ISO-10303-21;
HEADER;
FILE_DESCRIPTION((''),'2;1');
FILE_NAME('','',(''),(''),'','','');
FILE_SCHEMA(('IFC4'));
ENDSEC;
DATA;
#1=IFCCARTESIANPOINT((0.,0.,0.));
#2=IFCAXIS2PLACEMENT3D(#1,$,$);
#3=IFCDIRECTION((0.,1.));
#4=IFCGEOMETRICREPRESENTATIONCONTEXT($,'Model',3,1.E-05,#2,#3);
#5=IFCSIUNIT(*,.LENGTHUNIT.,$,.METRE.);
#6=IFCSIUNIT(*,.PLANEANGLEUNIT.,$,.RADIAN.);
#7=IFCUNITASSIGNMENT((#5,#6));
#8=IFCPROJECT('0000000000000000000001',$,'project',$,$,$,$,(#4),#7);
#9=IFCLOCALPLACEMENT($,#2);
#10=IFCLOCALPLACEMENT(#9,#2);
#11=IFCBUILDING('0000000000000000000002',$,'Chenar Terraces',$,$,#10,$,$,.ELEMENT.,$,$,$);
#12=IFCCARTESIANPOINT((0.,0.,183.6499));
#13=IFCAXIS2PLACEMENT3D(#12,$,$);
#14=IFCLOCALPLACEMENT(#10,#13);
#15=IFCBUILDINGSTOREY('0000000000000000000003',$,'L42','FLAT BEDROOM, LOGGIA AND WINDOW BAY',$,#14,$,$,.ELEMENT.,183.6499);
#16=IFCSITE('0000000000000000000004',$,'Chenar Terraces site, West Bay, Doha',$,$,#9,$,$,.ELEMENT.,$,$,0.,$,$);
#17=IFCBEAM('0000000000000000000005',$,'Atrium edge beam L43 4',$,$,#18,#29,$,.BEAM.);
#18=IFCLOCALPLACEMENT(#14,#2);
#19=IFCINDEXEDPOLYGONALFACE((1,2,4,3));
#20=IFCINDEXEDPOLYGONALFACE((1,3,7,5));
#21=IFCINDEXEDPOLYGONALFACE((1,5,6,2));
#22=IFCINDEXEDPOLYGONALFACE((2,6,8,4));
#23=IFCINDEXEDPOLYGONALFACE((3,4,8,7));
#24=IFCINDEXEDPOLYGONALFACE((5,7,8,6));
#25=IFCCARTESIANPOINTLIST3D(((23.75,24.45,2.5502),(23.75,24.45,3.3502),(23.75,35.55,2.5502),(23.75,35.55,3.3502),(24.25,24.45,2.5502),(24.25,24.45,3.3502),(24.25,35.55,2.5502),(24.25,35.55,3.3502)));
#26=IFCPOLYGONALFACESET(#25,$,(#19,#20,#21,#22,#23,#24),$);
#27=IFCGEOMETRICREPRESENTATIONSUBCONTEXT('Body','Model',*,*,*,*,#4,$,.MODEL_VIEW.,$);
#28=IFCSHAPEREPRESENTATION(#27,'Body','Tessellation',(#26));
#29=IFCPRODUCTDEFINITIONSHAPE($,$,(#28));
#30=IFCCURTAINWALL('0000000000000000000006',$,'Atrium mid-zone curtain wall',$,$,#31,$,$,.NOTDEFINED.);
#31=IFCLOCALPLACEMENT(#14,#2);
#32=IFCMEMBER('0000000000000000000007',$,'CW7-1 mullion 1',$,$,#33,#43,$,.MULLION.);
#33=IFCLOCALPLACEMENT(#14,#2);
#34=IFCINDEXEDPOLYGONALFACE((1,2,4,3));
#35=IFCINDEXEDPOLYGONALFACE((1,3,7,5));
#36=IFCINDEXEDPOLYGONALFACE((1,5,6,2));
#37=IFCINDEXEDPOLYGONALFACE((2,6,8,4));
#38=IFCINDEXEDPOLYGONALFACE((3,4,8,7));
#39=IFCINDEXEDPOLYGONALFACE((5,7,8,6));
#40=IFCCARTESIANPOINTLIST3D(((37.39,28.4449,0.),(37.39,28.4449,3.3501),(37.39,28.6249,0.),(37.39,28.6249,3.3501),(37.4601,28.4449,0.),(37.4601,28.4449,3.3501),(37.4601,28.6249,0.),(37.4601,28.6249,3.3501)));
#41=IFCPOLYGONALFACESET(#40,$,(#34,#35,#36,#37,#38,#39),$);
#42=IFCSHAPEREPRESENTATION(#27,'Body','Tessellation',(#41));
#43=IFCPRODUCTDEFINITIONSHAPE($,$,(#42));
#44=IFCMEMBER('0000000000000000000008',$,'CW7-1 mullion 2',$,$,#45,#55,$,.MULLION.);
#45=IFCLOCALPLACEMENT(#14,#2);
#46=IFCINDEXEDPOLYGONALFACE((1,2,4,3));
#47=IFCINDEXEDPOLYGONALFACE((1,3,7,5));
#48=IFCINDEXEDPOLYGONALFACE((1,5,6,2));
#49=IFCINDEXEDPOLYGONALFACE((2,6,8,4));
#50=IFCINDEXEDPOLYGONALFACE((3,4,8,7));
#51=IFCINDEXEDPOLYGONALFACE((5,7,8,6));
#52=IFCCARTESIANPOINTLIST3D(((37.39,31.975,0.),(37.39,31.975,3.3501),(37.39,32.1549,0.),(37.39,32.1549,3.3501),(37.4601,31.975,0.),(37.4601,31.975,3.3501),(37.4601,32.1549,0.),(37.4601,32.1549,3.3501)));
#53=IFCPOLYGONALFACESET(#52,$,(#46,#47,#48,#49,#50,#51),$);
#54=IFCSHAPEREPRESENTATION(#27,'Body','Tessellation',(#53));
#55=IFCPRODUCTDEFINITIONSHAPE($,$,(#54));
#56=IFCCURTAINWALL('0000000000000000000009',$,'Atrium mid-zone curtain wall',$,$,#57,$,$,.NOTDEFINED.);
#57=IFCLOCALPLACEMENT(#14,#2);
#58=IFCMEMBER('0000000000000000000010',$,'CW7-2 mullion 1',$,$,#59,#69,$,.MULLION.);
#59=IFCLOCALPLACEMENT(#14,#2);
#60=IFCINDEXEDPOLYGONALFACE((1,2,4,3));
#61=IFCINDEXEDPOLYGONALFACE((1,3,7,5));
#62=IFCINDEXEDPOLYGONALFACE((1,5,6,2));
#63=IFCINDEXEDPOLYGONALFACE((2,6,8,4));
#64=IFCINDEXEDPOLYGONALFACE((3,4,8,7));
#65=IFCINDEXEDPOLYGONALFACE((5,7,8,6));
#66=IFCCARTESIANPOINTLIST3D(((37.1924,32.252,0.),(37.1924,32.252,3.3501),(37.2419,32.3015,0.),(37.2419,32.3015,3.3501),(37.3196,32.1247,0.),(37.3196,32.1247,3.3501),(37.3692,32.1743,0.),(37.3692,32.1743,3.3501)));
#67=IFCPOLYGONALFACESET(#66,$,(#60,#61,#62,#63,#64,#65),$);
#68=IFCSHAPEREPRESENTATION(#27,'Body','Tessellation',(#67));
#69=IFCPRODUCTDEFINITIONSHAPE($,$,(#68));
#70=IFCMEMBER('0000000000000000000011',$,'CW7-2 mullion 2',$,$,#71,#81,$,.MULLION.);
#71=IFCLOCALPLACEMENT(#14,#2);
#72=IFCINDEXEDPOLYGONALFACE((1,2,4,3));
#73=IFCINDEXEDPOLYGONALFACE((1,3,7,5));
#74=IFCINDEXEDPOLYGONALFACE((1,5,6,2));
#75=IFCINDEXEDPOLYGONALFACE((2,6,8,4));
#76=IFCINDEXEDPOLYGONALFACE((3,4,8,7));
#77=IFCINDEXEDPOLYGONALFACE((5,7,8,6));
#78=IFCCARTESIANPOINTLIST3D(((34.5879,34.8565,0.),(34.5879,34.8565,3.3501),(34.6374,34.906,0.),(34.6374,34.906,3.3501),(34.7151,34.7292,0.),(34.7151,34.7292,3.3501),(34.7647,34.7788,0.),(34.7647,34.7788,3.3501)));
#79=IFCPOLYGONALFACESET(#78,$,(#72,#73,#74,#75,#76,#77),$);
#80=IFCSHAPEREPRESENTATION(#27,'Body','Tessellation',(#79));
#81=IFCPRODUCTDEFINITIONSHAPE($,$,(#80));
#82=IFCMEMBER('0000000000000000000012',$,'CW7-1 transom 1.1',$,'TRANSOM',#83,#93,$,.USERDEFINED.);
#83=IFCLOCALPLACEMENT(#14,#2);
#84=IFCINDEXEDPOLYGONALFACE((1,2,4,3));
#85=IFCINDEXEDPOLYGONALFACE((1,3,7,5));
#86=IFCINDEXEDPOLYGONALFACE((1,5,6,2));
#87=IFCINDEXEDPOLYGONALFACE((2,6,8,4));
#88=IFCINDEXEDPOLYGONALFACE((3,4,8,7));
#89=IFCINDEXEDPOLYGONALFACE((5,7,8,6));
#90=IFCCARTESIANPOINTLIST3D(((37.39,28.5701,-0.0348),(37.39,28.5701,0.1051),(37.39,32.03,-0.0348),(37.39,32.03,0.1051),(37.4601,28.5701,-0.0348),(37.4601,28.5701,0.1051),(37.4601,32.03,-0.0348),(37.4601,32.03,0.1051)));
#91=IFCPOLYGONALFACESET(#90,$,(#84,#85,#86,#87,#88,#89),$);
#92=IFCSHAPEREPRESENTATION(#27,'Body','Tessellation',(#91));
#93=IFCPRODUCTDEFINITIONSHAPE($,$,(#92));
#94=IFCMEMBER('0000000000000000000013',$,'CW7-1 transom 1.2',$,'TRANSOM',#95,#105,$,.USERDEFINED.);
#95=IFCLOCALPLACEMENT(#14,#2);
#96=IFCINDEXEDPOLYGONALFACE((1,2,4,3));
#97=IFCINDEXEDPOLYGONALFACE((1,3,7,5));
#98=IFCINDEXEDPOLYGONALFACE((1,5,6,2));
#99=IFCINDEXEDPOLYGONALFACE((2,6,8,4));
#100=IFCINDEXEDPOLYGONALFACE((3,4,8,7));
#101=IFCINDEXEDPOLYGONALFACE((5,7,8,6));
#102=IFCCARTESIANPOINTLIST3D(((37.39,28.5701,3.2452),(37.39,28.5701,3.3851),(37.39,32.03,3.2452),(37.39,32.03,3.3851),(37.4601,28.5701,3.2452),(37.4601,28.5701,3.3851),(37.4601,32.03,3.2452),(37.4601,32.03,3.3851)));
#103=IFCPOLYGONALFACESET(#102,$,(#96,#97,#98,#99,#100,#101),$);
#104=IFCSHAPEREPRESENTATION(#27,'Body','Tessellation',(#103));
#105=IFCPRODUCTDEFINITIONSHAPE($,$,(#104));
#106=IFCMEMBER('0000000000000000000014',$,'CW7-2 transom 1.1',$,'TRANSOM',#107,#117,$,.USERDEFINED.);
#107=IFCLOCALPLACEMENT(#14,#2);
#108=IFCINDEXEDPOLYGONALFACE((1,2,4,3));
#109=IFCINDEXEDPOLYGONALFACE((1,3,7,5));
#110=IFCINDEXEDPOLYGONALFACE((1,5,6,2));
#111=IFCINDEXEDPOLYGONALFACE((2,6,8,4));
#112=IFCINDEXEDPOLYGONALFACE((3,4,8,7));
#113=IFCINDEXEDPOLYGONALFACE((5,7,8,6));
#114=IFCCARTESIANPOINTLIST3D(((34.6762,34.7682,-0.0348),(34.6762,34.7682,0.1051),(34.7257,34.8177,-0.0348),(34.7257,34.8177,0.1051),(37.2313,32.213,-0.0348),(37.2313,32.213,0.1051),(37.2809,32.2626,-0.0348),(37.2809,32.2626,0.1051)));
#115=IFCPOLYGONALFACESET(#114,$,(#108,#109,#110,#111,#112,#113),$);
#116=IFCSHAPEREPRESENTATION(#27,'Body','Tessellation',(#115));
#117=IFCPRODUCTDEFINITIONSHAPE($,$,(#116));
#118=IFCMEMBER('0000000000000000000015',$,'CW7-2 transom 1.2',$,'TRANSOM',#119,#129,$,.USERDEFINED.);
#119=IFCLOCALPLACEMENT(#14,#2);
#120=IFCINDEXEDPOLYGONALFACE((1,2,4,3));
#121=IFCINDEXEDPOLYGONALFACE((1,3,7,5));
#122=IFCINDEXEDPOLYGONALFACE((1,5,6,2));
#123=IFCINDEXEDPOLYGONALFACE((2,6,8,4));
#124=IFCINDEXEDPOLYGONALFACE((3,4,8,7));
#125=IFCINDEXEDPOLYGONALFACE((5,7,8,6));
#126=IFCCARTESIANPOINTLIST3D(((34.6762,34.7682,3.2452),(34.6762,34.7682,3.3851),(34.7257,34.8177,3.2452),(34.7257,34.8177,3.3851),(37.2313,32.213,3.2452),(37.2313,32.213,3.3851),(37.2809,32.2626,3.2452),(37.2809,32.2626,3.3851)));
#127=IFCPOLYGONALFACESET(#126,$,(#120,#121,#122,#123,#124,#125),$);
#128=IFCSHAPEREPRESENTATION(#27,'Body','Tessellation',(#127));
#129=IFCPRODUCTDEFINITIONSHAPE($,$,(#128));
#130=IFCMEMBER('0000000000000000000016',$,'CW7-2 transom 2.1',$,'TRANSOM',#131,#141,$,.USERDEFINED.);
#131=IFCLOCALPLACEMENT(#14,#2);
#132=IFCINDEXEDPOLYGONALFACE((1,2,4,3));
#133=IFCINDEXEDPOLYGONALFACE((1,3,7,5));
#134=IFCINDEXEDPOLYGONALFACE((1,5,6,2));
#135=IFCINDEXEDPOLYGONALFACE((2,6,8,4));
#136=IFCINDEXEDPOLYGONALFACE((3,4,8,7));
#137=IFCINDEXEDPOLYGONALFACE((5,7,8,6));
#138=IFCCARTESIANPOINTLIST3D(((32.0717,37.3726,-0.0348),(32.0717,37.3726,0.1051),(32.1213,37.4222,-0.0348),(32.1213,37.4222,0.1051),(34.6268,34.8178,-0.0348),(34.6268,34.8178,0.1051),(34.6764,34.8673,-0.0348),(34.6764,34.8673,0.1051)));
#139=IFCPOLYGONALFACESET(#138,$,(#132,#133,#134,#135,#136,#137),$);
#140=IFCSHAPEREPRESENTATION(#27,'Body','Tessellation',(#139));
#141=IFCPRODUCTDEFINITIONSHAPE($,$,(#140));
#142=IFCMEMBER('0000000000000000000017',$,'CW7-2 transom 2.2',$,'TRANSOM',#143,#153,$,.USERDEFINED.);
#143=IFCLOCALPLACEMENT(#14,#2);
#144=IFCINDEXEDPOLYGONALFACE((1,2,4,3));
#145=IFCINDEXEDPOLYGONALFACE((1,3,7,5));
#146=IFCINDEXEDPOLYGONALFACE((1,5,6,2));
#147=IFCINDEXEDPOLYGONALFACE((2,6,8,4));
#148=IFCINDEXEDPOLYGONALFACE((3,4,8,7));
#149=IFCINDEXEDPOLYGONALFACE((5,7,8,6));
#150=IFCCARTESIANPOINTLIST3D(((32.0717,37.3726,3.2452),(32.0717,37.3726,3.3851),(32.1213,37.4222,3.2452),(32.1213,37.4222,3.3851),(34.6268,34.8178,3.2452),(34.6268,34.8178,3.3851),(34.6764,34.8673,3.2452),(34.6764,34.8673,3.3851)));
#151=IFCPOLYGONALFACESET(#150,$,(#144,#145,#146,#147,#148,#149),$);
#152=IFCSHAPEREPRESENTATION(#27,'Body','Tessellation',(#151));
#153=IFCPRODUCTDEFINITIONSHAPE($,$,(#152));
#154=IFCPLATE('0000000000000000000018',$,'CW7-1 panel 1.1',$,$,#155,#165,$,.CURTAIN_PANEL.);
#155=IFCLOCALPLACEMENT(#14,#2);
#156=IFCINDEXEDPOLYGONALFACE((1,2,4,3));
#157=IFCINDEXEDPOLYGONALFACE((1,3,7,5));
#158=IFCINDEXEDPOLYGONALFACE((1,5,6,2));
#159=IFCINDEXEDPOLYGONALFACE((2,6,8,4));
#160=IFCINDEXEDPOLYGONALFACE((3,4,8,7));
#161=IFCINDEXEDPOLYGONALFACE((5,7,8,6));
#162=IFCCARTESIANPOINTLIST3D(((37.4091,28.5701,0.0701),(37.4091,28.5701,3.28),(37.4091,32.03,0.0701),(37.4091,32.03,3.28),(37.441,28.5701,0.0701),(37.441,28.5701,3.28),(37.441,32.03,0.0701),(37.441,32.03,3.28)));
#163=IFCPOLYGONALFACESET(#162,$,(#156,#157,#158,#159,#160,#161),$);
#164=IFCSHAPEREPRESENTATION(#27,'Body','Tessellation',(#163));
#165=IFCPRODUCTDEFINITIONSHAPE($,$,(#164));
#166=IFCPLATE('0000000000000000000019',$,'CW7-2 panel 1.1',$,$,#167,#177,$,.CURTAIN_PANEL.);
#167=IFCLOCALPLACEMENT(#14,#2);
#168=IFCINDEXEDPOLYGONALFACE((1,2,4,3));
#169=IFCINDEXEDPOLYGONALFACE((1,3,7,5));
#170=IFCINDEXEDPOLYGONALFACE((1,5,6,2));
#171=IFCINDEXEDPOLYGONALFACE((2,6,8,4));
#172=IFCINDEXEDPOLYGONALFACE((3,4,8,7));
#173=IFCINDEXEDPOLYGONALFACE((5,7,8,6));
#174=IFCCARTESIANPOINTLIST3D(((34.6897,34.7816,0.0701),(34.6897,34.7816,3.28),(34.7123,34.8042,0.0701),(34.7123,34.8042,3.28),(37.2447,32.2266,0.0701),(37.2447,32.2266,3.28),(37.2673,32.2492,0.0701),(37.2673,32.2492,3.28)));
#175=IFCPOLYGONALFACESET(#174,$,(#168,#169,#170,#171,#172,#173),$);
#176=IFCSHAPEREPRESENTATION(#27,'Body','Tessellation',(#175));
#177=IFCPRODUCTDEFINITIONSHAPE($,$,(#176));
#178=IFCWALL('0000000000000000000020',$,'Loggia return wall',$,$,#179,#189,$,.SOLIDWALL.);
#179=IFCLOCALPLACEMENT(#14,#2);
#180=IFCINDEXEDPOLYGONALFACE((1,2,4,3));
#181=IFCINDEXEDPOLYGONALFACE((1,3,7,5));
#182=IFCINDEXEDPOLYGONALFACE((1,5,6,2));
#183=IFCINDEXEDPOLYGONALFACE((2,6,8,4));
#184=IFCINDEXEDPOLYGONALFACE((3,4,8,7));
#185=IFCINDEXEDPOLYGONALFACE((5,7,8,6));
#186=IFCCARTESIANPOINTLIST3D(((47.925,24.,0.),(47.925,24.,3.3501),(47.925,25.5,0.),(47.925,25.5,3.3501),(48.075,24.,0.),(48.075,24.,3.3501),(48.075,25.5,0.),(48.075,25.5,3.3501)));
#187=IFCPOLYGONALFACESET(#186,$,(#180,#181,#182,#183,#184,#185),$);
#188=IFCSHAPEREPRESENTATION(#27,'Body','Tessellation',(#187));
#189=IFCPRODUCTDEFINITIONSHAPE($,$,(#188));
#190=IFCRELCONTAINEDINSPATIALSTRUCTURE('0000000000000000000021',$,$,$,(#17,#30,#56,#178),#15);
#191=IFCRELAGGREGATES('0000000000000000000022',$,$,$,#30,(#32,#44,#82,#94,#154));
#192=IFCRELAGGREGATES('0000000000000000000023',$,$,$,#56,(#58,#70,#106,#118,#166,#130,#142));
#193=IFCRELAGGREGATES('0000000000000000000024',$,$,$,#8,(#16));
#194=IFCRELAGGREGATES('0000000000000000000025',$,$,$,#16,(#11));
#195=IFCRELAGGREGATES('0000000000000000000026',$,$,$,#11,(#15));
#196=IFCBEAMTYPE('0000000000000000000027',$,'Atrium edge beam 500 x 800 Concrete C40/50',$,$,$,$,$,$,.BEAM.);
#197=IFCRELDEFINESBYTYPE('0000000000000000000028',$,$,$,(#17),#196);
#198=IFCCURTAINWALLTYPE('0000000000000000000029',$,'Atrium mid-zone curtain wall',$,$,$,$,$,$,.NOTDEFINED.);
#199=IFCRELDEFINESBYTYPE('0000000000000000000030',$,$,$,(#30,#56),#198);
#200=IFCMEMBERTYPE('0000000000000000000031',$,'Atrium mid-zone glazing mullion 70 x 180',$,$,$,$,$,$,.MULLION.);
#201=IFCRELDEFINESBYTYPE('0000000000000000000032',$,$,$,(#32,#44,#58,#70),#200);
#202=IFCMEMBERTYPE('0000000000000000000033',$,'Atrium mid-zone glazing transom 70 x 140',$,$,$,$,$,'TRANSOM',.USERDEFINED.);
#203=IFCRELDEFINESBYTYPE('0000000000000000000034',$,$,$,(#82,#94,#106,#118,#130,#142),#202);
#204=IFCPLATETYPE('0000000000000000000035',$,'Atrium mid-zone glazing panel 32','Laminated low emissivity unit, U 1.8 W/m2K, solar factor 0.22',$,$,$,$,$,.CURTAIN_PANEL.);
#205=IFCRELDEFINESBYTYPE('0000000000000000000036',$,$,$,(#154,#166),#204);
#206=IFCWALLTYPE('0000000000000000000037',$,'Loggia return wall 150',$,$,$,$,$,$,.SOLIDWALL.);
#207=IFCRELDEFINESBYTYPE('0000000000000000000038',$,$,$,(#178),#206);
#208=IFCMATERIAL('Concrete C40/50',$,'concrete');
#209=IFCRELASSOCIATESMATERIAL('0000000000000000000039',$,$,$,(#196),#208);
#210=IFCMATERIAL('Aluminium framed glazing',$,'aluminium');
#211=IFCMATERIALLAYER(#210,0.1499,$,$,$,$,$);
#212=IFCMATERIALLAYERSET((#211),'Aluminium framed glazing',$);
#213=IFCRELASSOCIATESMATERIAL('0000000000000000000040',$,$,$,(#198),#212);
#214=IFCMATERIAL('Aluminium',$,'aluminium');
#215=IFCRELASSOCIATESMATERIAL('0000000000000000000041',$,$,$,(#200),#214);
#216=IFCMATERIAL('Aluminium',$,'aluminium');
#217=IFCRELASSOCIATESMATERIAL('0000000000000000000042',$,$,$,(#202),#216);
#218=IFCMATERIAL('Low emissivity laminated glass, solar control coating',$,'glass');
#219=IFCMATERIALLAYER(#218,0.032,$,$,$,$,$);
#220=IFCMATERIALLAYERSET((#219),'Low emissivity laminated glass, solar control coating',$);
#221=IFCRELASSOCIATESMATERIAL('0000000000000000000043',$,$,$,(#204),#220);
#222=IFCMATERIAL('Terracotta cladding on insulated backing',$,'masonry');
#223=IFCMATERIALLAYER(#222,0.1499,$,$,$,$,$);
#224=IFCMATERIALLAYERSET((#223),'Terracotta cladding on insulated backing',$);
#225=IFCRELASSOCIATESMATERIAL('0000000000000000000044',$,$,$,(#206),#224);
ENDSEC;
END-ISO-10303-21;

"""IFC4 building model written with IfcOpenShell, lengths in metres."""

from ifc_helpers import new_model, si_unit, direction, frame, frame_2d, origin, origin_2d, place, context, subcontext, project, spatial, rectangle, extrude, material, layer, layer_set, material_profile, profile_set, type_object, element, aggregate, save


model = new_model("IFC4")

# Units and contexts
model_context = context("Model", 3, precision=1e-05, world=origin(), true_north=direction((0.0, 1.0)))
body_context = subcontext(model_context, "Body", "Model", "MODEL_VIEW")
ifc_project = project(units=[si_unit("LENGTHUNIT", "METRE"), si_unit("PLANEANGLEUNIT", "RADIAN")], contexts=[model_context])

# Site, building, storey
site_placement = place(None, origin())
site = spatial("IfcSite", under=ifc_project, at=site_placement, Name="Chenar Terraces site, West Bay, Doha", CompositionType="ELEMENT", RefElevation=0.0)
building_placement = place(site_placement, origin())
building = spatial("IfcBuilding", under=site, at=building_placement, Name="Chenar Terraces", CompositionType="ELEMENT")
storey_placement = place(building_placement, frame((0.0, 0.0, 183.6499)))
storey = spatial("IfcBuildingStorey", under=building, at=storey_placement, Name="L42", Description="FLAT BEDROOM, LOGGIA AND WINDOW BAY", CompositionType="ELEMENT", Elevation=183.6499)

# Beam
ifc_material_1 = material(Name="Concrete C40/50", Category="concrete")
ifc_material_profile_1 = material_profile(ifc_material_1, rectangle(XDim=0.5, YDim=0.8, at=origin_2d()), Name="RC 500 x 800")
ifc_profile_set_1 = profile_set([ifc_material_profile_1], Name="Concrete C40/50")
beam_type = type_object("IfcBeamType", Name="Atrium edge beam 500 x 800 Concrete C40/50", PredefinedType="BEAM", material=ifc_profile_set_1)
beam_placement = place(storey_placement, frame((24.0, 35.55, 2.9502), z_axis=(0.0, -1.0, 0.0), x_axis=(1.0, 0.0, 0.0)))
element("IfcBeam", 1, at=beam_placement, inside=storey, type_object=beam_type, Name="Atrium edge beam L43 4", PredefinedType="BEAM", context=body_context, shape_type="SweptSolid", body=[
    extrude(rectangle(XDim=0.5, YDim=0.8, at=origin_2d()), origin(), (0.0, 0.0, 1.0), 11.1001),
])

# Curtain walls, members
ifc_material_2 = material(Name="Aluminium framed glazing", Category="aluminium")
ifc_layer_1 = layer(ifc_material_2, 0.1499)
ifc_layer_set_1 = layer_set([ifc_layer_1], Name="Aluminium framed glazing")
curtain_wall_type = type_object("IfcCurtainWallType", Name="Atrium mid-zone curtain wall", PredefinedType="NOTDEFINED", material=ifc_layer_set_1)
placement = place(storey_placement, origin())
curtain_wall_1 = element("IfcCurtainWall", 2, at=placement, inside=storey, type_object=curtain_wall_type, Name="Atrium mid-zone curtain wall", PredefinedType="NOTDEFINED")
ifc_material_3 = material(Name="Aluminium", Category="aluminium")
ifc_material_profile_2 = material_profile(ifc_material_3, rectangle(XDim=0.0701, YDim=0.1799, at=origin_2d()), Name="Atrium mid-zone glazing mullion 70 x 180")
ifc_profile_set_2 = profile_set([ifc_material_profile_2], Name="Aluminium")
member_type_1 = type_object("IfcMemberType", Name="Atrium mid-zone glazing mullion 70 x 180", PredefinedType="MULLION", material=ifc_profile_set_2)
member_1_placement = place(storey_placement, frame((37.425, 28.5349, 0.0), z_axis=(0.0, 0.0, 1.0), x_axis=(-1.0, 0.0, 0.0)))
member_1 = element("IfcMember", 3, at=member_1_placement, type_object=member_type_1, Name="CW7-1 mullion 1", PredefinedType="MULLION", context=body_context, shape_type="SweptSolid", body=[
    extrude(rectangle(XDim=0.0701, YDim=0.1799, at=origin_2d()), origin(), (0.0, 0.0, 1.0), 3.3501),
])
member_2_placement = place(storey_placement, frame((37.425, 32.0649, 0.0), z_axis=(0.0, 0.0, 1.0), x_axis=(-1.0, 0.0, 0.0)))
member_2 = element("IfcMember", 4, at=member_2_placement, type_object=member_type_1, Name="CW7-1 mullion 2", PredefinedType="MULLION", context=body_context, shape_type="SweptSolid", body=[
    extrude(rectangle(XDim=0.0701, YDim=0.1799, at=origin_2d()), origin(), (0.0, 0.0, 1.0), 3.3501),
])
curtain_wall_2 = element("IfcCurtainWall", 5, at=placement, inside=storey, type_object=curtain_wall_type, Name="Atrium mid-zone curtain wall", PredefinedType="NOTDEFINED")
member_3_placement = place(storey_placement, frame((37.2808, 32.2131, 0.0), z_axis=(0.0, 0.0, 1.0), x_axis=(-0.707107, -0.707107, 0.0)))
member_3 = element("IfcMember", 6, at=member_3_placement, type_object=member_type_1, Name="CW7-2 mullion 1", PredefinedType="MULLION", context=body_context, shape_type="SweptSolid", body=[
    extrude(rectangle(XDim=0.0701, YDim=0.1799, at=origin_2d()), origin(), (0.0, 0.0, 1.0), 3.3501),
])
member_4_placement = place(storey_placement, frame((34.6763, 34.8176, 0.0), z_axis=(0.0, 0.0, 1.0), x_axis=(-0.707107, -0.707107, 0.0)))
member_4 = element("IfcMember", 7, at=member_4_placement, type_object=member_type_1, Name="CW7-2 mullion 2", PredefinedType="MULLION", context=body_context, shape_type="SweptSolid", body=[
    extrude(rectangle(XDim=0.0701, YDim=0.1799, at=origin_2d()), origin(), (0.0, 0.0, 1.0), 3.3501),
])

# Members
ifc_material_4 = material(Name="Aluminium", Category="aluminium")
ifc_material_profile_3 = material_profile(ifc_material_4, rectangle(XDim=0.0701, YDim=0.1399, at=origin_2d()), Name="Atrium mid-zone glazing transom 70 x 140")
ifc_profile_set_3 = profile_set([ifc_material_profile_3], Name="Aluminium")
member_type_2 = type_object("IfcMemberType", Name="Atrium mid-zone glazing transom 70 x 140", ElementType="TRANSOM", PredefinedType="USERDEFINED", material=ifc_profile_set_3)
member_5_placement = place(storey_placement, frame((37.425, 28.5701, 0.0352), z_axis=(0.0, 1.0, 0.0), x_axis=(-1.0, 0.0, 0.0)))
member_5 = element("IfcMember", 8, at=member_5_placement, type_object=member_type_2, Name="CW7-1 transom 1.1", ObjectType="TRANSOM", PredefinedType="USERDEFINED", context=body_context, shape_type="SweptSolid", body=[
    extrude(rectangle(XDim=0.0701, YDim=0.1399, at=origin_2d()), origin(), (0.0, 0.0, 1.0), 3.46),
])
member_6_placement = place(storey_placement, frame((37.425, 28.5701, 3.3152), z_axis=(0.0, 1.0, 0.0), x_axis=(-1.0, 0.0, 0.0)))
member_6 = element("IfcMember", 9, at=member_6_placement, type_object=member_type_2, Name="CW7-1 transom 1.2", ObjectType="TRANSOM", PredefinedType="USERDEFINED", context=body_context, shape_type="SweptSolid", body=[
    extrude(rectangle(XDim=0.0701, YDim=0.1399, at=origin_2d()), origin(), (0.0, 0.0, 1.0), 3.46),
])
member_7_placement = place(storey_placement, frame((37.2561, 32.2378, 0.0352), z_axis=(-0.707107, 0.707107, 0.0), x_axis=(-0.707107, -0.707107, 0.0)))
member_7 = element("IfcMember", 10, at=member_7_placement, type_object=member_type_2, Name="CW7-2 transom 1.1", ObjectType="TRANSOM", PredefinedType="USERDEFINED", context=body_context, shape_type="SweptSolid", body=[
    extrude(rectangle(XDim=0.0701, YDim=0.1399, at=origin_2d()), origin(), (0.0, 0.0, 1.0), 3.6135),
])
member_8_placement = place(storey_placement, frame((37.2561, 32.2378, 3.3152), z_axis=(-0.707107, 0.707107, 0.0), x_axis=(-0.707107, -0.707107, 0.0)))
member_8 = element("IfcMember", 11, at=member_8_placement, type_object=member_type_2, Name="CW7-2 transom 1.2", ObjectType="TRANSOM", PredefinedType="USERDEFINED", context=body_context, shape_type="SweptSolid", body=[
    extrude(rectangle(XDim=0.0701, YDim=0.1399, at=origin_2d()), origin(), (0.0, 0.0, 1.0), 3.6135),
])
member_9_placement = place(storey_placement, frame((34.6516, 34.8425, 0.0352), z_axis=(-0.707141, 0.707073, 0.0), x_axis=(-0.707073, -0.707141, 0.0)))
member_9 = element("IfcMember", 12, at=member_9_placement, type_object=member_type_2, Name="CW7-2 transom 2.1", ObjectType="TRANSOM", PredefinedType="USERDEFINED", context=body_context, shape_type="SweptSolid", body=[
    extrude(rectangle(XDim=0.0701, YDim=0.1399, at=origin_2d()), origin(), (0.0, 0.0, 1.0), 3.6133),
])
member_10_placement = place(storey_placement, frame((34.6516, 34.8425, 3.3152), z_axis=(-0.707141, 0.707073, 0.0), x_axis=(-0.707073, -0.707141, 0.0)))
member_10 = element("IfcMember", 13, at=member_10_placement, type_object=member_type_2, Name="CW7-2 transom 2.2", ObjectType="TRANSOM", PredefinedType="USERDEFINED", context=body_context, shape_type="SweptSolid", body=[
    extrude(rectangle(XDim=0.0701, YDim=0.1399, at=origin_2d()), origin(), (0.0, 0.0, 1.0), 3.6133),
])

# Plates
ifc_material_5 = material(Name="Low emissivity laminated glass, solar control coating", Category="glass")
ifc_layer_2 = layer(ifc_material_5, 0.032)
ifc_layer_set_2 = layer_set([ifc_layer_2], Name="Low emissivity laminated glass, solar control coating")
plate_type = type_object("IfcPlateType", Name="Atrium mid-zone glazing panel 32", Description="Laminated low emissivity unit, U 1.8 W/m2K, solar factor 0.22", PredefinedType="CURTAIN_PANEL", material=ifc_layer_set_2)
plate_1_placement = place(storey_placement, frame((37.425, 30.3, 0.0701), z_axis=(0.0, 0.0, 1.0), x_axis=(0.0, 1.0, 0.0)))
plate_1 = element("IfcPlate", 14, at=plate_1_placement, type_object=plate_type, Name="CW7-1 panel 1.1", PredefinedType="CURTAIN_PANEL", context=body_context, shape_type="SweptSolid", body=[
    extrude(rectangle(XDim=3.46, YDim=0.032, at=origin_2d()), origin(), (0.0, 0.0, 1.0), 3.21),
])
aggregate(curtain_wall_1, [member_1, member_2, member_5, member_6, plate_1])
plate_2_placement = place(storey_placement, frame((35.9785, 33.5154, 0.0701), z_axis=(0.0, 0.0, 1.0), x_axis=(-0.707107, 0.707107, 0.0)))
plate_2 = element("IfcPlate", 15, at=plate_2_placement, type_object=plate_type, Name="CW7-2 panel 1.1", PredefinedType="CURTAIN_PANEL", context=body_context, shape_type="SweptSolid", body=[
    extrude(rectangle(XDim=3.6133, YDim=0.032, at=origin_2d()), origin(), (0.0, 0.0, 1.0), 3.21),
])
aggregate(curtain_wall_2, [member_3, member_4, member_7, member_8, plate_2, member_9, member_10])

# Wall
ifc_material_6 = material(Name="Terracotta cladding on insulated backing", Category="masonry")
ifc_layer_3 = layer(ifc_material_6, 0.1499)
ifc_layer_set_3 = layer_set([ifc_layer_3], Name="Terracotta cladding on insulated backing")
wall_type = type_object("IfcWallType", Name="Loggia return wall 150", PredefinedType="SOLIDWALL", material=ifc_layer_set_3)
for number, where, z_axis, x_axis, name in (
    (16, (48.0, 25.5, 0.0), (0.0, 0.0, 1.0), (0.0, -1.0, 0.0), "Loggia return wall"),
):
    element("IfcWall", number, at=place(storey_placement, frame(where, z_axis=z_axis, x_axis=x_axis)), inside=storey, type_object=wall_type, Name=name, PredefinedType="SOLIDWALL", context=body_context, shape_type="SweptSolid", body=[
        extrude(rectangle(XDim=1.5, YDim=0.1499, at=frame_2d((0.75, 0.0))), origin(), (0.0, 0.0, 1.0), 3.3501),
    ])

save(model, "model.ifc")
